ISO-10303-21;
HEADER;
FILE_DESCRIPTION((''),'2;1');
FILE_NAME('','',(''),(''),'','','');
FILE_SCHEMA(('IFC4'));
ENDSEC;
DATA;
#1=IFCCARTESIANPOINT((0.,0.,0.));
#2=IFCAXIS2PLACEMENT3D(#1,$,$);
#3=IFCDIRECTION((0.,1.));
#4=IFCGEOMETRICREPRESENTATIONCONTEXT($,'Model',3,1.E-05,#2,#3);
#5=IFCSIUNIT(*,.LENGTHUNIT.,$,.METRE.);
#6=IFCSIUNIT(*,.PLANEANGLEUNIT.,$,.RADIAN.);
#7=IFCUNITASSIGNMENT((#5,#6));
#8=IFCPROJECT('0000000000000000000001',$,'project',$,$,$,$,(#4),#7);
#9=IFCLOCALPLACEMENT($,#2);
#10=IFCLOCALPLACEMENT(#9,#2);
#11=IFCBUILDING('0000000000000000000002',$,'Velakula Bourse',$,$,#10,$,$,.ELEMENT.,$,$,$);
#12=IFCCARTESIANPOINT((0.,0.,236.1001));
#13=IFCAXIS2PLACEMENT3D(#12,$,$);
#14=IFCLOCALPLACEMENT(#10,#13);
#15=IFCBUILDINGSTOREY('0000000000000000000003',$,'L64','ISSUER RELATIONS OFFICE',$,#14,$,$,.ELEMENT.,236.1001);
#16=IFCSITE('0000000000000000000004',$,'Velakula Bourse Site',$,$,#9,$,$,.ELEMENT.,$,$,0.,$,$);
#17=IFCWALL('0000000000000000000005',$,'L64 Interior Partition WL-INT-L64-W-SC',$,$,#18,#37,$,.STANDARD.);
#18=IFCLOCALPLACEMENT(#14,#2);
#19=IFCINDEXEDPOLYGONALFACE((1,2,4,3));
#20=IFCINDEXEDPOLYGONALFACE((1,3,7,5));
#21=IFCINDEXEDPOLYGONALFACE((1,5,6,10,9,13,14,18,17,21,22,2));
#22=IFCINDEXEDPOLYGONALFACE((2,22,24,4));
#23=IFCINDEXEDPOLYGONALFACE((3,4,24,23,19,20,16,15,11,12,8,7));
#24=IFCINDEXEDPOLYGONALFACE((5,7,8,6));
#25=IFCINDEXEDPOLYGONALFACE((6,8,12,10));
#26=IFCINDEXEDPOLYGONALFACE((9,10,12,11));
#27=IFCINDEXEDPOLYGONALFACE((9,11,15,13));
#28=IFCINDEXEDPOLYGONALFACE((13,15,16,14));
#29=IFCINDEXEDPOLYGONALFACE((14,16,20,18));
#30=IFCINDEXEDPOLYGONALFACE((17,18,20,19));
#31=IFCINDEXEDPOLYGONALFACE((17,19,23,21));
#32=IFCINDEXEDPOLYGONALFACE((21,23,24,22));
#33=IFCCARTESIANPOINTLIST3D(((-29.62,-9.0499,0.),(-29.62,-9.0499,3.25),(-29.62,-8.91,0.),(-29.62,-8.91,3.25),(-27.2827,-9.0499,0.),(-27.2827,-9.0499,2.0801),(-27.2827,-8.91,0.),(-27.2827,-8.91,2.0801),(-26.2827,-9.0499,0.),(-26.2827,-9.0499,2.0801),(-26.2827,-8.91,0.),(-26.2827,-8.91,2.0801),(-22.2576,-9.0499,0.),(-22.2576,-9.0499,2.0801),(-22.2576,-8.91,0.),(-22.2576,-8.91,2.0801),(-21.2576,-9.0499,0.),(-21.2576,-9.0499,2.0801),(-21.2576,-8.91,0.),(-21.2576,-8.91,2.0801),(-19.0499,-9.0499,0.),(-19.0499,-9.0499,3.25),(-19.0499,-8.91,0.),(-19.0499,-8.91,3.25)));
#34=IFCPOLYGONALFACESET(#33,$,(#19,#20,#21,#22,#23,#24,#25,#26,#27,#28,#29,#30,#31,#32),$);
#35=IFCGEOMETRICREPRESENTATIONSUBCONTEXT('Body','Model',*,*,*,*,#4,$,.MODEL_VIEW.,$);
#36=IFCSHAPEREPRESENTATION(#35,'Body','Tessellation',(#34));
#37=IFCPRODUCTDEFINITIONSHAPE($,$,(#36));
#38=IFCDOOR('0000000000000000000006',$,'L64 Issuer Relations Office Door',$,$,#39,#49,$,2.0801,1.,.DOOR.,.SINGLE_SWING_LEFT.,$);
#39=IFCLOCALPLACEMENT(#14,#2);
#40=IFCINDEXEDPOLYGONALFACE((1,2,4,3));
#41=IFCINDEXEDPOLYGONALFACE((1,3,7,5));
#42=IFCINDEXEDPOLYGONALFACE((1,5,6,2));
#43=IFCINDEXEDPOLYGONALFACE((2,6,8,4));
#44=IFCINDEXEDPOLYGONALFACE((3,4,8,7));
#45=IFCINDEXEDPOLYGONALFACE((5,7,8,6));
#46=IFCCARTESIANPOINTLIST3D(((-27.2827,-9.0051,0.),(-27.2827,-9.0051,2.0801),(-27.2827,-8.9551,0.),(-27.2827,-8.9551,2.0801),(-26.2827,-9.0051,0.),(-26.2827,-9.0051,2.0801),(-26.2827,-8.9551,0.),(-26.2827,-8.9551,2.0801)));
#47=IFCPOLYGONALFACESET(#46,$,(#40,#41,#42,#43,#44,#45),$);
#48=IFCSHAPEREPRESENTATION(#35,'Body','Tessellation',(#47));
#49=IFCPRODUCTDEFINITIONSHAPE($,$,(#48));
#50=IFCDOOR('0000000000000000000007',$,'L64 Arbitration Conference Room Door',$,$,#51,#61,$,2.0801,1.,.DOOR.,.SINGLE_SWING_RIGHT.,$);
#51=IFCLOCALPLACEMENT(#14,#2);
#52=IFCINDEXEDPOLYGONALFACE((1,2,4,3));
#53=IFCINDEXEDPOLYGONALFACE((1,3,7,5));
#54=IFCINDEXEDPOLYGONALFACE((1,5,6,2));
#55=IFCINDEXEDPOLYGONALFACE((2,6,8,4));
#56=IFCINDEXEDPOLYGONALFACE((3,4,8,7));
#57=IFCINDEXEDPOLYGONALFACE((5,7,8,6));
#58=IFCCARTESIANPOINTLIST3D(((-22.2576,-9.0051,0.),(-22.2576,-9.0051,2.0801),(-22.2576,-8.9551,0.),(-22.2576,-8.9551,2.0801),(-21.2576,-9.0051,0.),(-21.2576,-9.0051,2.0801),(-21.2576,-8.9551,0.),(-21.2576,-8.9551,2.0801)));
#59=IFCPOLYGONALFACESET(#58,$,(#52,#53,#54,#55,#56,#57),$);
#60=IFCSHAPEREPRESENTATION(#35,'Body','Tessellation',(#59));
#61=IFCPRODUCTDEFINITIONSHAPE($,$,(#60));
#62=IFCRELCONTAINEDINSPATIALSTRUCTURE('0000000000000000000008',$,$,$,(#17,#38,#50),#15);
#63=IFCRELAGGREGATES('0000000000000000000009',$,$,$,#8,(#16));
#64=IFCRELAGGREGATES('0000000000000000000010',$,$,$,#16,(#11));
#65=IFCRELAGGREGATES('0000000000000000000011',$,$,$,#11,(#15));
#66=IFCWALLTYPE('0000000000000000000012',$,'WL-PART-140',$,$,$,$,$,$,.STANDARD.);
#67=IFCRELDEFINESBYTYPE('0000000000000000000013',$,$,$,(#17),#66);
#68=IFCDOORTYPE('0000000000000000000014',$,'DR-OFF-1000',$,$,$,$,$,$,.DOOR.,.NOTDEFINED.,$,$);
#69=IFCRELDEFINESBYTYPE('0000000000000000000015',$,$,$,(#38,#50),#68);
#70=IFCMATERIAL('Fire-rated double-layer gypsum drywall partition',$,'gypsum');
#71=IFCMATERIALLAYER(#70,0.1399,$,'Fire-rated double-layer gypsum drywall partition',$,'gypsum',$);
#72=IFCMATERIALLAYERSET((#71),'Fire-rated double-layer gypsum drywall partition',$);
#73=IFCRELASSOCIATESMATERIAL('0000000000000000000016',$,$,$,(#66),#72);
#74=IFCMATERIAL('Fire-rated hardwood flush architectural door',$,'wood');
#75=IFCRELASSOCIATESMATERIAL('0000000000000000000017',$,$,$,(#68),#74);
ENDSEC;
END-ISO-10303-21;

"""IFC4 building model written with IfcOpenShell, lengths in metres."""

from ifc_helpers import new_model, si_unit, direction, frame, frame_2d, origin, place, context, subcontext, project, spatial, rectangle, extrude, material, layer, layer_set, type_object, element, fill, save


model = new_model("IFC4")

# Units and contexts
model_context = context("Model", 3, precision=1e-05, world=origin(), true_north=direction((0.0, 1.0)))
body_context = subcontext(model_context, "Body", "Model", "MODEL_VIEW")
ifc_project = project(units=[si_unit("LENGTHUNIT", "METRE"), si_unit("PLANEANGLEUNIT", "RADIAN")], contexts=[model_context])

# Site, building, storey
site_placement = place(None, origin())
site = spatial("IfcSite", under=ifc_project, at=site_placement, Name="Velakula Bourse Site", CompositionType="ELEMENT", RefElevation=0.0)
building_placement = place(site_placement, origin())
building = spatial("IfcBuilding", under=site, at=building_placement, Name="Velakula Bourse", CompositionType="ELEMENT")
storey_placement = place(building_placement, frame((0.0, 0.0, 236.1001)))
storey = spatial("IfcBuildingStorey", under=building, at=storey_placement, Name="L64", Description="ISSUER RELATIONS OFFICE", CompositionType="ELEMENT", Elevation=236.1001)

# Shared definitions
ifc_material_1 = material(Name="Fire-rated double-layer gypsum drywall partition", Category="gypsum")

# Wall, openings, doors
ifc_layer_1 = layer(ifc_material_1, 0.1399, Name="Fire-rated double-layer gypsum drywall partition", Category="gypsum")
ifc_layer_set_1 = layer_set([ifc_layer_1], Name="Fire-rated double-layer gypsum drywall partition")
wall_type_1 = type_object("IfcWallType", Name="WL-PART-140", PredefinedType="STANDARD", material=ifc_layer_set_1)
ifc_material_2 = material(Name="Fire-rated hardwood flush architectural door", Category="wood")
door_type_1 = type_object("IfcDoorType", Name="DR-OFF-1000", OperationType="NOTDEFINED", PredefinedType="DOOR", material=ifc_material_2)
wall_1_placement = place(storey_placement, frame((-29.6201, -8.98, 0.0), z_axis=(0.0, 0.0, 1.0), x_axis=(1.0, 0.0, 0.0)))
wall_1 = element("IfcWall", 1, at=wall_1_placement, inside=storey, type_object=wall_type_1, Name="L64 Interior Partition WL-INT-L64-W-SC", PredefinedType="STANDARD", context=body_context, shape_type="SweptSolid", body=[
    extrude(rectangle(XDim=10.5701, YDim=0.1399, at=frame_2d((5.2852, 0.0))), origin(), (0.0, 0.0, 1.0), 3.25),
])
opening_1_placement = place(wall_1_placement, frame((2.3374, 0.0, 0.0)))
opening_1 = element("IfcOpeningElement", 2, at=opening_1_placement, cuts=wall_1, PredefinedType="OPENING", context=body_context, shape_type="SweptSolid", body=[
    extrude(rectangle(XDim=1.0, YDim=2.0801, at=frame_2d((0.5, 1.04))), frame((0.0, 0.0798, 0.0), z_axis=(0.0, -1.0, 0.0), x_axis=(1.0, 0.0, 0.0)), (0.0, 0.0, 1.0), 0.1599),
])
opening_2_placement = place(wall_1_placement, frame((7.3625, 0.0, 0.0)))
opening_2 = element("IfcOpeningElement", 3, at=opening_2_placement, cuts=wall_1, PredefinedType="OPENING", context=body_context, shape_type="SweptSolid", body=[
    extrude(rectangle(XDim=1.0, YDim=2.0801, at=frame_2d((0.5, 1.04))), frame((0.0, 0.0798, 0.0), z_axis=(0.0, -1.0, 0.0), x_axis=(1.0, 0.0, 0.0)), (0.0, 0.0, 1.0), 0.1599),
])
door_1_placement = place(opening_1_placement, origin())
door_1 = element("IfcDoor", 4, at=door_1_placement, inside=storey, type_object=door_type_1, Name="L64 Issuer Relations Office Door", OperationType="SINGLE_SWING_LEFT", OverallHeight=2.0801, OverallWidth=1.0, PredefinedType="DOOR", context=body_context, shape_type="SweptSolid", body=[
    extrude(rectangle(XDim=1.0, YDim=2.0801, at=frame_2d((0.5, 1.04))), frame((0.0, 0.0249, 0.0), z_axis=(0.0, -1.0, 0.0), x_axis=(1.0, 0.0, 0.0)), (0.0, 0.0, 1.0), 0.05),
])
fill(opening_1, door_1)
door_2_placement = place(opening_2_placement, origin())
door_2 = element("IfcDoor", 5, at=door_2_placement, inside=storey, type_object=door_type_1, Name="L64 Arbitration Conference Room Door", OperationType="SINGLE_SWING_RIGHT", OverallHeight=2.0801, OverallWidth=1.0, PredefinedType="DOOR", context=body_context, shape_type="SweptSolid", body=[
    extrude(rectangle(XDim=1.0, YDim=2.0801, at=frame_2d((0.5, 1.04))), frame((0.0, 0.0249, 0.0), z_axis=(0.0, -1.0, 0.0), x_axis=(1.0, 0.0, 0.0)), (0.0, 0.0, 1.0), 0.05),
])
fill(opening_2, door_2)

save(model, "model.ifc")
